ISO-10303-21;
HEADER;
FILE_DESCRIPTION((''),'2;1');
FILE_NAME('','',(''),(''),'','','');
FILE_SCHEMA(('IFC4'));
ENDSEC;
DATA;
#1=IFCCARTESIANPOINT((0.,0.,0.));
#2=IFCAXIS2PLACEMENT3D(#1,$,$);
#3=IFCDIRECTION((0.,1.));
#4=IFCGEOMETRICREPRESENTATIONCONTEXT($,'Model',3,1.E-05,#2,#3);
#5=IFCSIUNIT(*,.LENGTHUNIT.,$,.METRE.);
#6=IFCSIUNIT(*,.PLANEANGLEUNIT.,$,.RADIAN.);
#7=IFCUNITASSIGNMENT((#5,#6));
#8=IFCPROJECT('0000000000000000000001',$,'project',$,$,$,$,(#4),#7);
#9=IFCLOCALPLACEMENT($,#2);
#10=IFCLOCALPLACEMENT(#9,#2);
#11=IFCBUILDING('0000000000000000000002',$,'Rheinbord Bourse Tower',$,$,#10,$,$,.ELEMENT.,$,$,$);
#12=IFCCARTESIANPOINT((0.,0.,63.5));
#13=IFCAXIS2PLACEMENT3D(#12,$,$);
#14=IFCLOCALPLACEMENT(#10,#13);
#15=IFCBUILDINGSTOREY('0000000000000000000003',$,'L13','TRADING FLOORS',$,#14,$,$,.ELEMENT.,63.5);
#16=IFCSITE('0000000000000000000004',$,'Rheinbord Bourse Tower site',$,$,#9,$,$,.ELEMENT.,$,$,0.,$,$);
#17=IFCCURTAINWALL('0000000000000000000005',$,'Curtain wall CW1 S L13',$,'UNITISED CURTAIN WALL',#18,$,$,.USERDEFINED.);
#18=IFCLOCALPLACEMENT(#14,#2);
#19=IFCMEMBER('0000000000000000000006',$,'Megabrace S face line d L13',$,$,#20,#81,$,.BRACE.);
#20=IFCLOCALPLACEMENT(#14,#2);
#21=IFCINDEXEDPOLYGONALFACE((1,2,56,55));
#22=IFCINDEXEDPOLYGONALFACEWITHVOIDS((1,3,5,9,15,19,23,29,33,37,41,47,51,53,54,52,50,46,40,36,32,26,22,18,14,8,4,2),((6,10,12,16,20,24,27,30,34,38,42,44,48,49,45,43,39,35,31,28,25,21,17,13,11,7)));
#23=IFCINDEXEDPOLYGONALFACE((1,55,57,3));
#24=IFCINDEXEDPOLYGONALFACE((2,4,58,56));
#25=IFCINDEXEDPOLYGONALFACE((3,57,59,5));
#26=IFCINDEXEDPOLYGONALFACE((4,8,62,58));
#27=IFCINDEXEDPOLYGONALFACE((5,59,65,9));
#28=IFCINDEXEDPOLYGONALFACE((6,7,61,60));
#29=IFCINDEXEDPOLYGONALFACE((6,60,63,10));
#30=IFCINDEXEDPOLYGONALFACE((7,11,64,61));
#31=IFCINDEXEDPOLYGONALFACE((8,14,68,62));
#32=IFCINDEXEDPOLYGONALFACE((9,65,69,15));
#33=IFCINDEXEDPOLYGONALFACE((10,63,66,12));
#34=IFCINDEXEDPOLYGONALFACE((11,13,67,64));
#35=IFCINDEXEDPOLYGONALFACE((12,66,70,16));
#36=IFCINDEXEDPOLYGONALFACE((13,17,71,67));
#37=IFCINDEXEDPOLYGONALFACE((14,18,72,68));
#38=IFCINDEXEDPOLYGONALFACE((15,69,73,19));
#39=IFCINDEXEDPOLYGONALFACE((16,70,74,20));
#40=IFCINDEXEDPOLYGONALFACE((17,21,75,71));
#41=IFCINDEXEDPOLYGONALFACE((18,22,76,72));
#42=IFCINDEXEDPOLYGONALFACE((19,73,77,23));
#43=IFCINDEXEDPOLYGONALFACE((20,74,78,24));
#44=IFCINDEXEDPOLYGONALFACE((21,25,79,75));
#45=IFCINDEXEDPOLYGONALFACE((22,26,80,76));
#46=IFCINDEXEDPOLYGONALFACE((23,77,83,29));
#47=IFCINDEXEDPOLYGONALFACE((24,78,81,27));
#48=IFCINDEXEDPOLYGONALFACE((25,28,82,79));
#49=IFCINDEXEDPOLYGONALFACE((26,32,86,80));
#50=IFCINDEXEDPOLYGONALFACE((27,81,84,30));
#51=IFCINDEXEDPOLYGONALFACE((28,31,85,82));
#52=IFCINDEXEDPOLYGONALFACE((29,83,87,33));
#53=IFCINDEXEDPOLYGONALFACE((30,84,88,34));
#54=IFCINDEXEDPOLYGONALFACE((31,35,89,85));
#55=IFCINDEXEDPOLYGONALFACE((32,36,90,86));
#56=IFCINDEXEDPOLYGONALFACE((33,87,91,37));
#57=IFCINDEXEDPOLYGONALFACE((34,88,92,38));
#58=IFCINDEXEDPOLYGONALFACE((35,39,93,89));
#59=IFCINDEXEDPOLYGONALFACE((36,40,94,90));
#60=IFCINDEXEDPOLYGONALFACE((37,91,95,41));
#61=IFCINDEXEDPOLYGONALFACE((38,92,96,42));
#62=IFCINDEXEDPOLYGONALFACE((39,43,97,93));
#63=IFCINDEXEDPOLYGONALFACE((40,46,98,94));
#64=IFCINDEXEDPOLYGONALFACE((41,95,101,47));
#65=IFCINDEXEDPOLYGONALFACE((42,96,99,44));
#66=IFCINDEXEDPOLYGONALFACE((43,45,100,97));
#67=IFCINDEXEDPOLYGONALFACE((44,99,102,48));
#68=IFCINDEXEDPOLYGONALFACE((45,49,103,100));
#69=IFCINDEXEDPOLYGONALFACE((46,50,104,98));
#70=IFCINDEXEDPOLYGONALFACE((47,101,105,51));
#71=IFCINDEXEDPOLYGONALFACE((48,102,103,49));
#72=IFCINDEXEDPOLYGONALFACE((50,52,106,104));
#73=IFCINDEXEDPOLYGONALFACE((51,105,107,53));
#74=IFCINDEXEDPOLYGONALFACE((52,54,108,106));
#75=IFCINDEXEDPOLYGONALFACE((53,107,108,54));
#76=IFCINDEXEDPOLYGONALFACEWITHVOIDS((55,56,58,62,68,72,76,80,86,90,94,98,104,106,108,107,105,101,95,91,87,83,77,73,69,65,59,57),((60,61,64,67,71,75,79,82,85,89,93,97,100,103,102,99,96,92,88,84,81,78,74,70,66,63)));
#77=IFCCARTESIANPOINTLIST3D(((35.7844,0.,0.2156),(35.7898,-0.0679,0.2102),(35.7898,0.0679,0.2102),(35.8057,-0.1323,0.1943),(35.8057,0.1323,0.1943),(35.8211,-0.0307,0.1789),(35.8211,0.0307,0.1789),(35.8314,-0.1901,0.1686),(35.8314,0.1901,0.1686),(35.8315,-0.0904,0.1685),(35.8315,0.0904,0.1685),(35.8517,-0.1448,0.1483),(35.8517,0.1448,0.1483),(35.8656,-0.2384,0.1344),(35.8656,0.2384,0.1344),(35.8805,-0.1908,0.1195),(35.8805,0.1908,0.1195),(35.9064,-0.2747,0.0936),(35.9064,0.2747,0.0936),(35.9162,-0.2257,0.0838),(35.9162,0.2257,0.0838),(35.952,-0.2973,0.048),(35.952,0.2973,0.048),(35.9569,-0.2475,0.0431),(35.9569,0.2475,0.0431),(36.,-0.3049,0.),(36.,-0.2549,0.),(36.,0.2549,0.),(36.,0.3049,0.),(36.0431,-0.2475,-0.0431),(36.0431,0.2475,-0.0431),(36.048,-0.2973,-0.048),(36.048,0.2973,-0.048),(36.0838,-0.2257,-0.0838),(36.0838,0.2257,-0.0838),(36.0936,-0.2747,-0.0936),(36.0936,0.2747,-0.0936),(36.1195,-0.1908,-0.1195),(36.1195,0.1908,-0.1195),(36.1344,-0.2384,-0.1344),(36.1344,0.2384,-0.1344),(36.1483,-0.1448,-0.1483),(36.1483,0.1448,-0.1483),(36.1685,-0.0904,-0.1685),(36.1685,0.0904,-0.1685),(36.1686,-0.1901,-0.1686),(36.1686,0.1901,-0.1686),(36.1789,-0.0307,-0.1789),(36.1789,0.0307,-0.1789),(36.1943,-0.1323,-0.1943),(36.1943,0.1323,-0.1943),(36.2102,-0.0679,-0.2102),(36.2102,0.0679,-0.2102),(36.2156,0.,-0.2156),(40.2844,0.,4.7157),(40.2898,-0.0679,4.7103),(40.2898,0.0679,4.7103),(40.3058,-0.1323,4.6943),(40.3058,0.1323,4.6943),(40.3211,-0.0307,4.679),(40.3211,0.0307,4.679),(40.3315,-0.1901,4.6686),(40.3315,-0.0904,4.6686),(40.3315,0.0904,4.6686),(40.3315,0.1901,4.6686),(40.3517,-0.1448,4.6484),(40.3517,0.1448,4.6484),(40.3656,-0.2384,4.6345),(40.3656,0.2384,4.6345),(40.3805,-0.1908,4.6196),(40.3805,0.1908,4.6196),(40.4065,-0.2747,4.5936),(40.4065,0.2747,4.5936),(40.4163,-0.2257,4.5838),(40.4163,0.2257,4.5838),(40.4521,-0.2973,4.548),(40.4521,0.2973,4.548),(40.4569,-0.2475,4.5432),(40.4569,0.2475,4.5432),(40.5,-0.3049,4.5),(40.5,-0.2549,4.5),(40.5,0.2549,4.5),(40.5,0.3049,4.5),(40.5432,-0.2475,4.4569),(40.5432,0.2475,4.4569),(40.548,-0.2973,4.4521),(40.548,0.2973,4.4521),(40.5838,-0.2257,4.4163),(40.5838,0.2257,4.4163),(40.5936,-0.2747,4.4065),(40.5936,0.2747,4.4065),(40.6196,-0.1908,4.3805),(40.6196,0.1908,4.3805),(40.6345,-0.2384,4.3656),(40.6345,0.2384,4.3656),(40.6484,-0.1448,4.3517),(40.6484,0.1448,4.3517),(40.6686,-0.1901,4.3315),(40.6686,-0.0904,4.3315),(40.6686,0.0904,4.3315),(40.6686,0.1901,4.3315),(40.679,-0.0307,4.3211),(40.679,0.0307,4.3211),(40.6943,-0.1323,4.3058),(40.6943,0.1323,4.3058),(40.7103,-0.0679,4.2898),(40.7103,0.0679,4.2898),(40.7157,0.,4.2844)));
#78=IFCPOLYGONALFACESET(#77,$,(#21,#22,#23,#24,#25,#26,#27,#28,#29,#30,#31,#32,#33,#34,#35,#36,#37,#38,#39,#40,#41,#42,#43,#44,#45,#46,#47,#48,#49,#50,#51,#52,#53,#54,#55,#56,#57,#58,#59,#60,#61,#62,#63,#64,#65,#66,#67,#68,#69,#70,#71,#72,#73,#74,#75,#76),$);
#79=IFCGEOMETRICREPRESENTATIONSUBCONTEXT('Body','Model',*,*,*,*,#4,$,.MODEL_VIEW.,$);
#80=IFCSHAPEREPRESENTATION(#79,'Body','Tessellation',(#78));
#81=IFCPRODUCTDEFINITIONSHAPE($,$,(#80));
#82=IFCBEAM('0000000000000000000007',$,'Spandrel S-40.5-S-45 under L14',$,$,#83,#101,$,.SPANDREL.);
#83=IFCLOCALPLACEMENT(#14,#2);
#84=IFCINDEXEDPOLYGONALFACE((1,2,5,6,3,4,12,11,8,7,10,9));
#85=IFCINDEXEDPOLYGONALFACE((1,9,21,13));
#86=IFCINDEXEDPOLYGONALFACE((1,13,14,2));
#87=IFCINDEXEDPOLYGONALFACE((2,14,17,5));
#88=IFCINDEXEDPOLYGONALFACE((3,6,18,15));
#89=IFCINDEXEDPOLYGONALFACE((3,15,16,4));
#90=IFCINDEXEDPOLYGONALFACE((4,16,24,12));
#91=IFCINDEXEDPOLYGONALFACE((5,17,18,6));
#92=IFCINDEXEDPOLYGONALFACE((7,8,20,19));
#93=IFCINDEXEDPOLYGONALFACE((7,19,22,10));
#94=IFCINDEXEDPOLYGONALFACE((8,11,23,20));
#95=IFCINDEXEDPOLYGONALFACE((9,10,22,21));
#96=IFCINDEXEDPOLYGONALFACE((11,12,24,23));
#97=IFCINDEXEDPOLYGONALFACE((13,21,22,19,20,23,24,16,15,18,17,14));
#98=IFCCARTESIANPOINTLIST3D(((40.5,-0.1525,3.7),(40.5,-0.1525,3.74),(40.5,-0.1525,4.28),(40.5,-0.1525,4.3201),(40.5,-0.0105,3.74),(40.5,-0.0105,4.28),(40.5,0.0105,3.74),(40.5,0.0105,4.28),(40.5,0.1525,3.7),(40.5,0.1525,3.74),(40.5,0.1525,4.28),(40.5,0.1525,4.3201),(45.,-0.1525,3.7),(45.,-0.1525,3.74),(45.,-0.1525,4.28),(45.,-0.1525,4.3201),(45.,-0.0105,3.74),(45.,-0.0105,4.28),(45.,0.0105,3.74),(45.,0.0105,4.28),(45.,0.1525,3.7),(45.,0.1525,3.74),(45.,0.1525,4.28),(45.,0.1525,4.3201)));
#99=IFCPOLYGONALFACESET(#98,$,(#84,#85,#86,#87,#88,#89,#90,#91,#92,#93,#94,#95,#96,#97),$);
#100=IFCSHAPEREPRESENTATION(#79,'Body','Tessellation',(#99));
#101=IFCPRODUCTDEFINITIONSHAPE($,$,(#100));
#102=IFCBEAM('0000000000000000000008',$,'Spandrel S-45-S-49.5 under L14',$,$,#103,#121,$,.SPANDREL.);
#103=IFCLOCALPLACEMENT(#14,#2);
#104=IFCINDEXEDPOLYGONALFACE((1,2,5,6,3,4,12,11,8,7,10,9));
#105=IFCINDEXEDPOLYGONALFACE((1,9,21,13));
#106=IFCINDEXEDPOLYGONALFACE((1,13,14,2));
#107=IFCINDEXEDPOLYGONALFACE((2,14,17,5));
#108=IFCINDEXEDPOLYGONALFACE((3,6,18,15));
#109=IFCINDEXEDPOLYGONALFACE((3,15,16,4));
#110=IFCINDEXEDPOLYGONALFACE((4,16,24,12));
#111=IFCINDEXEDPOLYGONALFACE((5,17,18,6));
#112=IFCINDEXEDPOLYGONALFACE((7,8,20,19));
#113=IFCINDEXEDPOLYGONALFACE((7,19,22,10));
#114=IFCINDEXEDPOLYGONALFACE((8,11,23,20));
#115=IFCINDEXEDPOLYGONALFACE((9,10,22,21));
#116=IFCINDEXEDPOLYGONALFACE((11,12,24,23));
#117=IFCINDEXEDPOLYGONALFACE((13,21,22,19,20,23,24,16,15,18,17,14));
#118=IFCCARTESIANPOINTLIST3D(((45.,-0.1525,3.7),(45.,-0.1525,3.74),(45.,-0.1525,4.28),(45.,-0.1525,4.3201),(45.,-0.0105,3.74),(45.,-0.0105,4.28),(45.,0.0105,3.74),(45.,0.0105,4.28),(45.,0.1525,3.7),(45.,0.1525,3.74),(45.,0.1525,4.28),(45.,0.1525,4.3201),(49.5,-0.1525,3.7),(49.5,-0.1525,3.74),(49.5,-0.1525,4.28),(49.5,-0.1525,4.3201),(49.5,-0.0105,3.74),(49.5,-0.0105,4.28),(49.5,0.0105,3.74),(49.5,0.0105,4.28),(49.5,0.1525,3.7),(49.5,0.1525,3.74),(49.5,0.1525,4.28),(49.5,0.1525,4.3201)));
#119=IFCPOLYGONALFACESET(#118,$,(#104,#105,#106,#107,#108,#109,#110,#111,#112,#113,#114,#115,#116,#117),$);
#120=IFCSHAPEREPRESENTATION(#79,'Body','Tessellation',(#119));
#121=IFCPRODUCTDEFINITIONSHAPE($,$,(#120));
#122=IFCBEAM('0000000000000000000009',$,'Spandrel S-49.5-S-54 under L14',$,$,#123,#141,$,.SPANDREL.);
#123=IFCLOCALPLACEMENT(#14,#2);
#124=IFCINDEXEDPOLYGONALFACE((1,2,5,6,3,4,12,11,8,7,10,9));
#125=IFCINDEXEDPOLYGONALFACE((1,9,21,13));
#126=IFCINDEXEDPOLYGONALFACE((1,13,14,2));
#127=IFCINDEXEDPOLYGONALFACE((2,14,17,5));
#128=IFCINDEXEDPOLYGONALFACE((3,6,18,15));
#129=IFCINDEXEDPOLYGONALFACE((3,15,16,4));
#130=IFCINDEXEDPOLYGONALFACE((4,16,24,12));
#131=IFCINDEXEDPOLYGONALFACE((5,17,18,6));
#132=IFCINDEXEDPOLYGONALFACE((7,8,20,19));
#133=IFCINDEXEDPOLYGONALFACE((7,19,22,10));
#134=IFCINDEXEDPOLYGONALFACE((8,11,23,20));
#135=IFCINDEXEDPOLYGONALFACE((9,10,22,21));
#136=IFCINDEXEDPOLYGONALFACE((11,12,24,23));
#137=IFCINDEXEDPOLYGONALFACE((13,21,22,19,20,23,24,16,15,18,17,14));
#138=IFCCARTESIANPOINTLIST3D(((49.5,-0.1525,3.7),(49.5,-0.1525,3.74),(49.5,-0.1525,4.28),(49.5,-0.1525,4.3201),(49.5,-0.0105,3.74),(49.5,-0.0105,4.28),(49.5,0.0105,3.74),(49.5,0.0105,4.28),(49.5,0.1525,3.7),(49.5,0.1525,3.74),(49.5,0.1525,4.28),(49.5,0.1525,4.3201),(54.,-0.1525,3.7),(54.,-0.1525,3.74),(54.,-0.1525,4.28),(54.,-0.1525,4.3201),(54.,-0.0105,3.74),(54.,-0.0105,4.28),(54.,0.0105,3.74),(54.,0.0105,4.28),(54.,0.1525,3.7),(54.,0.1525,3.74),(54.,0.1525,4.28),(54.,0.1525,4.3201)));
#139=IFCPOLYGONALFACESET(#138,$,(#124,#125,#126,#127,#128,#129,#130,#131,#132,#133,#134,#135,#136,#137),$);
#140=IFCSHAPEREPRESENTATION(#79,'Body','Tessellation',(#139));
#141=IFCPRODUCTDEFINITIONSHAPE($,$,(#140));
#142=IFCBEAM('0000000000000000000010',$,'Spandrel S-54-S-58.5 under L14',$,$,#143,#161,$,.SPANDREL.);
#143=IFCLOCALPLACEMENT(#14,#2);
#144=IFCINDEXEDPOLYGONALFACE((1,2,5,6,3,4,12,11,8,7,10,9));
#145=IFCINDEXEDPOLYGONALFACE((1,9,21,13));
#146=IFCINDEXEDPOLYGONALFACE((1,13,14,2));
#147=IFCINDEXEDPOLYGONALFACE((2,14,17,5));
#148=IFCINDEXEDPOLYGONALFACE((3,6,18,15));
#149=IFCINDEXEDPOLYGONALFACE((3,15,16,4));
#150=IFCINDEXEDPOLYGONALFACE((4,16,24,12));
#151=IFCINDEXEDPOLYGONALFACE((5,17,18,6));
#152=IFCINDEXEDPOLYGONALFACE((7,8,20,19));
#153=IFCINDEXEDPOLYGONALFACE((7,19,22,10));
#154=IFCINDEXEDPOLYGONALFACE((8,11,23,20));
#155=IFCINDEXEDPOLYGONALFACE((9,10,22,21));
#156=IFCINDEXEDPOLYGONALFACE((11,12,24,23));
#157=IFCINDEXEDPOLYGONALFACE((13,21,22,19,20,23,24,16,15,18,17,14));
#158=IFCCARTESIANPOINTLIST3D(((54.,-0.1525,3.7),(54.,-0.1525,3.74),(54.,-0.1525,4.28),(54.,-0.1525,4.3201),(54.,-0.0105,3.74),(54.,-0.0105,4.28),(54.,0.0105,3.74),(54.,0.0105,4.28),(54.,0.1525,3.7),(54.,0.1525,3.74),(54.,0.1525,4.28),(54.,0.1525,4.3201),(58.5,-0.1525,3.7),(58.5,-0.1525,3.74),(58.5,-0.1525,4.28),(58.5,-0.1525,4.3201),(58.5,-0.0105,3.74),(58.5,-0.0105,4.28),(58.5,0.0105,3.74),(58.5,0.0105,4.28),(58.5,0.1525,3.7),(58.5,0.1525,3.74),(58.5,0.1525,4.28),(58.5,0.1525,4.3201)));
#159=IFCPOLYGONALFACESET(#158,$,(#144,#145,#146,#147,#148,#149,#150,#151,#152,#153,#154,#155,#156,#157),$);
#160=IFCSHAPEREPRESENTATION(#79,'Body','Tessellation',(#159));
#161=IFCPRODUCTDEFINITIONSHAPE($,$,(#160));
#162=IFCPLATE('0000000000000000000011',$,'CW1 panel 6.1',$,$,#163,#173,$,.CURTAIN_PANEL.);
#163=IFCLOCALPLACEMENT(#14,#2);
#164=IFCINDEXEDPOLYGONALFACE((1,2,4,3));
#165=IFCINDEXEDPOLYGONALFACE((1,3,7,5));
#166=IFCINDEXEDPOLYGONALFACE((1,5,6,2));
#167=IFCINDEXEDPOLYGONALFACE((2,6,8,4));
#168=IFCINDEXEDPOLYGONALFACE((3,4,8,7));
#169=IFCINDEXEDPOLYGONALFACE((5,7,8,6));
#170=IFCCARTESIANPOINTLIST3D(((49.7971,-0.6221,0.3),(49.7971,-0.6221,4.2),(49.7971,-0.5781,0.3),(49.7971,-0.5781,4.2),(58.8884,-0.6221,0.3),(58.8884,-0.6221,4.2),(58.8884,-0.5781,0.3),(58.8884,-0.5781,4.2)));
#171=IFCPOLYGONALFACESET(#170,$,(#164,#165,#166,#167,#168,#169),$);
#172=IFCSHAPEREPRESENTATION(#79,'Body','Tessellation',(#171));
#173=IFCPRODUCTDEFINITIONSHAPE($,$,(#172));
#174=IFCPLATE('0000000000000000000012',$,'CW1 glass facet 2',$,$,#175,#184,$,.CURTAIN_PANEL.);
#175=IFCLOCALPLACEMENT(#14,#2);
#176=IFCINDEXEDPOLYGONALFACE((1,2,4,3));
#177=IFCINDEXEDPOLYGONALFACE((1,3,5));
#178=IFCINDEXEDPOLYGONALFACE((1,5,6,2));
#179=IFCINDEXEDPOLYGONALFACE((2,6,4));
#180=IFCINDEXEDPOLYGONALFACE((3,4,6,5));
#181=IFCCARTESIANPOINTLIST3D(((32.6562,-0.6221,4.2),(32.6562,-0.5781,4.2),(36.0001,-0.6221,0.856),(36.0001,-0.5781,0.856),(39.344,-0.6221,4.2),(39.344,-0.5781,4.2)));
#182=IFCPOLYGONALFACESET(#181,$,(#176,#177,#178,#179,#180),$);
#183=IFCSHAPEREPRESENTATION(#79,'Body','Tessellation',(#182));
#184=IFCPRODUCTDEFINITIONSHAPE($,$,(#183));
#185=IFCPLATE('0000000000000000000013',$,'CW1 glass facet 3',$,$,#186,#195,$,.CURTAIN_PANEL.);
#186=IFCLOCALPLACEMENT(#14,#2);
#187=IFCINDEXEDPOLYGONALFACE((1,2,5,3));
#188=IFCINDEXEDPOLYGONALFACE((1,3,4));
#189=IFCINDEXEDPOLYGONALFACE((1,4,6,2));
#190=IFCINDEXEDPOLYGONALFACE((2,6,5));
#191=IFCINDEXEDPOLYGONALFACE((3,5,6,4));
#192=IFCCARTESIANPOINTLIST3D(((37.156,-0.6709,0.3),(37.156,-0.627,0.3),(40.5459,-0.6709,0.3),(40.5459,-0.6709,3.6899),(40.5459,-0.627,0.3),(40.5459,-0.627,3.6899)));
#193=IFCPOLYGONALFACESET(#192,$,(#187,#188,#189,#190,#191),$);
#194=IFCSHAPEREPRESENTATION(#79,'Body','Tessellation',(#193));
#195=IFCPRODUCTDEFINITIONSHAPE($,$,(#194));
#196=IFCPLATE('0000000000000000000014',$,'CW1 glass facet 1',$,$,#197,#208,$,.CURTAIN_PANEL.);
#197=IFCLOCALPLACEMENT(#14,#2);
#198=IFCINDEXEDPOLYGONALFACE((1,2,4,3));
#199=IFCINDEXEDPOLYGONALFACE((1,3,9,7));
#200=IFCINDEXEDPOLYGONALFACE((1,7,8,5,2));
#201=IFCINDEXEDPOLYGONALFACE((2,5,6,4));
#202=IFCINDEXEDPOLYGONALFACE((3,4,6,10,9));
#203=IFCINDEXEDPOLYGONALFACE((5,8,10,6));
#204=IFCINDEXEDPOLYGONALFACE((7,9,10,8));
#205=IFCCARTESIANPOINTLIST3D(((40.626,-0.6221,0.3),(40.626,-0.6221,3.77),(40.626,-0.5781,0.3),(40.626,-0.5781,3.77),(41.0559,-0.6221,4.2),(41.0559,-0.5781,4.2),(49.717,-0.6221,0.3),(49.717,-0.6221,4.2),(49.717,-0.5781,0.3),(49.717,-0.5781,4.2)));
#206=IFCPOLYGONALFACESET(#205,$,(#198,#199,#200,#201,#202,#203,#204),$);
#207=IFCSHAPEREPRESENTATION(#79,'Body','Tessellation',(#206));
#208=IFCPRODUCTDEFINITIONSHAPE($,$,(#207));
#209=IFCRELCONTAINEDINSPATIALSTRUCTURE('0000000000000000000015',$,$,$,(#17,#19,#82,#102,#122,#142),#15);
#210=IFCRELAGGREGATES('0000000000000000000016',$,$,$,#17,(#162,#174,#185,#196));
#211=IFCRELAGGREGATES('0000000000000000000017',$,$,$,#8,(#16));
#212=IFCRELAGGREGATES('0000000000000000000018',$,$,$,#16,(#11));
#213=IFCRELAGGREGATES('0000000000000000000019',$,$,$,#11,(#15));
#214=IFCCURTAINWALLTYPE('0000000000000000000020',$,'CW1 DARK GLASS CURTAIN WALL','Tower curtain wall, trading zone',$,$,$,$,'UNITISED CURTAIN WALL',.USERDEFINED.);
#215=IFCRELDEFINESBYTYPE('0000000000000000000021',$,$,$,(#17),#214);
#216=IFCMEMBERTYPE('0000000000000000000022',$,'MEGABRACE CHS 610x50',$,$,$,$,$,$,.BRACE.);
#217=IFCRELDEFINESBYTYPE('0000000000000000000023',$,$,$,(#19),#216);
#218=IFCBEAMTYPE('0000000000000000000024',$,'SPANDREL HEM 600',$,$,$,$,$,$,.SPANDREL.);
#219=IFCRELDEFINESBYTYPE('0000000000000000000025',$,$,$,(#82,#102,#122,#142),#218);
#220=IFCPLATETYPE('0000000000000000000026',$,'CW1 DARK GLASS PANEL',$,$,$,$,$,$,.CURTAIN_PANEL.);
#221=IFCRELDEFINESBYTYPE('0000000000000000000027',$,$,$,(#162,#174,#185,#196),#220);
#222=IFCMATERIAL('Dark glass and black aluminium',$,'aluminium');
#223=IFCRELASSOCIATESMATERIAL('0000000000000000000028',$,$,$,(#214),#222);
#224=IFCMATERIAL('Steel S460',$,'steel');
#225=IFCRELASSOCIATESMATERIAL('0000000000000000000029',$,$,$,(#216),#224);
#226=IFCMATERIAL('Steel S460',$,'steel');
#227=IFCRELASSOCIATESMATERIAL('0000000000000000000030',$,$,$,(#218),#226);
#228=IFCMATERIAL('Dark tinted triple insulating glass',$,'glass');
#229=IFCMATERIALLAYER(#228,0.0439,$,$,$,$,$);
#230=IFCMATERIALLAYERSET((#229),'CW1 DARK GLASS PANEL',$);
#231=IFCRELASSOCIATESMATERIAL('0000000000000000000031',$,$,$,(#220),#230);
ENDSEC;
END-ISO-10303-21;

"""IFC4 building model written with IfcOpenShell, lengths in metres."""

from ifc_helpers import new_model, si_unit, direction, frame, origin, origin_2d, place, context, subcontext, project, spatial, polyline, rectangle, hollow_circle, i_section, outline, extrude, material, layer, layer_set, material_profile, profile_set, type_object, element, aggregate, save


model = new_model("IFC4")

# Units and contexts
model_context = context("Model", 3, precision=1e-05, world=origin(), true_north=direction((0.0, 1.0)))
body_context = subcontext(model_context, "Body", "Model", "MODEL_VIEW")
ifc_project = project(units=[si_unit("LENGTHUNIT", "METRE"), si_unit("PLANEANGLEUNIT", "RADIAN")], contexts=[model_context])

# Site, building, storey
site_placement = place(None, origin())
site = spatial("IfcSite", under=ifc_project, at=site_placement, Name="Rheinbord Bourse Tower site", CompositionType="ELEMENT", RefElevation=0.0)
building_placement = place(site_placement, origin())
building = spatial("IfcBuilding", under=site, at=building_placement, Name="Rheinbord Bourse Tower", CompositionType="ELEMENT")
storey_placement = place(building_placement, frame((0.0, 0.0, 63.5)))
storey = spatial("IfcBuildingStorey", under=building, at=storey_placement, Name="L13", Description="TRADING FLOORS", CompositionType="ELEMENT", Elevation=63.5)

# Curtain wall
ifc_material_1 = material(Name="Dark glass and black aluminium", Category="aluminium")
curtain_wall_type = type_object("IfcCurtainWallType", Name="CW1 DARK GLASS CURTAIN WALL", Description="Tower curtain wall, trading zone", ElementType="UNITISED CURTAIN WALL", PredefinedType="USERDEFINED", material=ifc_material_1)
curtain_wall_placement = place(storey_placement, origin())
curtain_wall = element("IfcCurtainWall", 1, at=curtain_wall_placement, inside=storey, type_object=curtain_wall_type, Name="Curtain wall CW1 S L13", ObjectType="UNITISED CURTAIN WALL", PredefinedType="USERDEFINED")

# Member
ifc_material_2 = material(Name="Steel S460", Category="steel")
ifc_material_profile_1 = material_profile(ifc_material_2, hollow_circle(Radius=0.3049, WallThickness=0.05, at=origin_2d()), Name="CHS 610x50")
ifc_profile_set_1 = profile_set([ifc_material_profile_1], Name="Steel S460")
member_type_1 = type_object("IfcMemberType", Name="MEGABRACE CHS 610x50", PredefinedType="BRACE", material=ifc_profile_set_1)
member_1_placement = place(storey_placement, frame((36.0, 0.0, 0.0), z_axis=(0.707107, 0.0, 0.707107), x_axis=(0.0, 1.0, 0.0)))
element("IfcMember", 2, at=member_1_placement, inside=storey, type_object=member_type_1, Name="Megabrace S face line d L13", PredefinedType="BRACE", context=body_context, shape_type="SweptSolid", body=[
    extrude(hollow_circle(Radius=0.3049, WallThickness=0.05, at=origin_2d()), origin(), (0.0, 0.0, 1.0), 6.364),
])

# Beams
ifc_material_3 = material(Name="Steel S460", Category="steel")
ifc_material_profile_2 = material_profile(ifc_material_3, i_section(OverallWidth=0.3049, OverallDepth=0.6201, WebThickness=0.021, FlangeThickness=0.04, at=origin_2d()), Name="HEM 600")
ifc_profile_set_2 = profile_set([ifc_material_profile_2], Name="Steel S460")
beam_type_1 = type_object("IfcBeamType", Name="SPANDREL HEM 600", PredefinedType="SPANDREL", material=ifc_profile_set_2)
for number, where, z_axis, x_axis, name in (
    (3, (40.5, 0.0, 4.01), (1.0, 0.0, 0.0), (0.0, 1.0, 0.0), "Spandrel S-40.5-S-45 under L14"),
    (4, (45.0, 0.0, 4.01), (1.0, 0.0, 0.0), (0.0, 1.0, 0.0), "Spandrel S-45-S-49.5 under L14"),
    (5, (49.5, 0.0, 4.01), (1.0, 0.0, 0.0), (0.0, 1.0, 0.0), "Spandrel S-49.5-S-54 under L14"),
    (6, (54.0, 0.0, 4.01), (1.0, 0.0, 0.0), (0.0, 1.0, 0.0), "Spandrel S-54-S-58.5 under L14"),
):
    element("IfcBeam", number, at=place(storey_placement, frame(where, z_axis=z_axis, x_axis=x_axis)), inside=storey, type_object=beam_type_1, Name=name, PredefinedType="SPANDREL", context=body_context, shape_type="SweptSolid", body=[
        extrude(i_section(OverallWidth=0.3049, OverallDepth=0.6201, WebThickness=0.021, FlangeThickness=0.04, at=origin_2d()), origin(), (0.0, 0.0, 1.0), 4.5),
    ])

# Plates
ifc_material_4 = material(Name="Dark tinted triple insulating glass", Category="glass")
ifc_layer_1 = layer(ifc_material_4, 0.0439)
ifc_layer_set_1 = layer_set([ifc_layer_1], Name="CW1 DARK GLASS PANEL")
plate_type = type_object("IfcPlateType", Name="CW1 DARK GLASS PANEL", PredefinedType="CURTAIN_PANEL", material=ifc_layer_set_1)
plate_1_placement = place(storey_placement, frame((54.3428, -0.6001, 0.3), z_axis=(0.0, 0.0, 1.0), x_axis=(1.0, 0.0, 0.0)))
plate_1 = element("IfcPlate", 7, at=plate_1_placement, type_object=plate_type, Name="CW1 panel 6.1", PredefinedType="CURTAIN_PANEL", context=body_context, shape_type="SweptSolid", body=[
    extrude(rectangle(XDim=9.0913, YDim=0.0439, at=origin_2d()), origin(), (0.0, 0.0, 1.0), 3.8999),
])
plate_2_placement = place(storey_placement, frame((39.344, -0.6221, 4.2), z_axis=(0.0, 1.0, 0.0), x_axis=(-0.707107, 0.0, -0.707107)))
plate_2 = element("IfcPlate", 8, at=plate_2_placement, type_object=plate_type, Name="CW1 glass facet 2", PredefinedType="CURTAIN_PANEL", context=body_context, shape_type="SweptSolid", body=[
    extrude(outline(polyline([(0.0, 0.0), (4.729, 0.0), (4.729, 4.729), (0.0, 0.0)])), origin(), (0.0, 0.0, 1.0), 0.0439),
])
plate_3_placement = place(storey_placement, frame((40.5459, -0.6709, 0.3), z_axis=(0.0, 1.0, 0.0), x_axis=(-1.0, 0.0, 0.0)))
plate_3 = element("IfcPlate", 9, at=plate_3_placement, type_object=plate_type, Name="CW1 glass facet 3", PredefinedType="CURTAIN_PANEL", context=body_context, shape_type="SweptSolid", body=[
    extrude(outline(polyline([(0.0, 0.0), (3.3899, 0.0), (0.0, 3.3899), (0.0, 0.0)])), origin(), (0.0, 0.0, 1.0), 0.0439),
])
plate_4_placement = place(storey_placement, frame((49.717, -0.6221, 4.2), z_axis=(0.0, 1.0, 0.0), x_axis=(0.0, 0.0, -1.0)))
plate_4 = element("IfcPlate", 10, at=plate_4_placement, type_object=plate_type, Name="CW1 glass facet 1", PredefinedType="CURTAIN_PANEL", context=body_context, shape_type="SweptSolid", body=[
    extrude(outline(polyline([(0.0, 0.0), (3.8999, 0.0), (3.8999, 9.0911), (0.4299, 9.0911), (0.0, 8.6611), (0.0, 0.0)])), origin(), (0.0, 0.0, 1.0), 0.0439),
])
aggregate(curtain_wall, [plate_1, plate_2, plate_3, plate_4])

save(model, "model.ifc")
